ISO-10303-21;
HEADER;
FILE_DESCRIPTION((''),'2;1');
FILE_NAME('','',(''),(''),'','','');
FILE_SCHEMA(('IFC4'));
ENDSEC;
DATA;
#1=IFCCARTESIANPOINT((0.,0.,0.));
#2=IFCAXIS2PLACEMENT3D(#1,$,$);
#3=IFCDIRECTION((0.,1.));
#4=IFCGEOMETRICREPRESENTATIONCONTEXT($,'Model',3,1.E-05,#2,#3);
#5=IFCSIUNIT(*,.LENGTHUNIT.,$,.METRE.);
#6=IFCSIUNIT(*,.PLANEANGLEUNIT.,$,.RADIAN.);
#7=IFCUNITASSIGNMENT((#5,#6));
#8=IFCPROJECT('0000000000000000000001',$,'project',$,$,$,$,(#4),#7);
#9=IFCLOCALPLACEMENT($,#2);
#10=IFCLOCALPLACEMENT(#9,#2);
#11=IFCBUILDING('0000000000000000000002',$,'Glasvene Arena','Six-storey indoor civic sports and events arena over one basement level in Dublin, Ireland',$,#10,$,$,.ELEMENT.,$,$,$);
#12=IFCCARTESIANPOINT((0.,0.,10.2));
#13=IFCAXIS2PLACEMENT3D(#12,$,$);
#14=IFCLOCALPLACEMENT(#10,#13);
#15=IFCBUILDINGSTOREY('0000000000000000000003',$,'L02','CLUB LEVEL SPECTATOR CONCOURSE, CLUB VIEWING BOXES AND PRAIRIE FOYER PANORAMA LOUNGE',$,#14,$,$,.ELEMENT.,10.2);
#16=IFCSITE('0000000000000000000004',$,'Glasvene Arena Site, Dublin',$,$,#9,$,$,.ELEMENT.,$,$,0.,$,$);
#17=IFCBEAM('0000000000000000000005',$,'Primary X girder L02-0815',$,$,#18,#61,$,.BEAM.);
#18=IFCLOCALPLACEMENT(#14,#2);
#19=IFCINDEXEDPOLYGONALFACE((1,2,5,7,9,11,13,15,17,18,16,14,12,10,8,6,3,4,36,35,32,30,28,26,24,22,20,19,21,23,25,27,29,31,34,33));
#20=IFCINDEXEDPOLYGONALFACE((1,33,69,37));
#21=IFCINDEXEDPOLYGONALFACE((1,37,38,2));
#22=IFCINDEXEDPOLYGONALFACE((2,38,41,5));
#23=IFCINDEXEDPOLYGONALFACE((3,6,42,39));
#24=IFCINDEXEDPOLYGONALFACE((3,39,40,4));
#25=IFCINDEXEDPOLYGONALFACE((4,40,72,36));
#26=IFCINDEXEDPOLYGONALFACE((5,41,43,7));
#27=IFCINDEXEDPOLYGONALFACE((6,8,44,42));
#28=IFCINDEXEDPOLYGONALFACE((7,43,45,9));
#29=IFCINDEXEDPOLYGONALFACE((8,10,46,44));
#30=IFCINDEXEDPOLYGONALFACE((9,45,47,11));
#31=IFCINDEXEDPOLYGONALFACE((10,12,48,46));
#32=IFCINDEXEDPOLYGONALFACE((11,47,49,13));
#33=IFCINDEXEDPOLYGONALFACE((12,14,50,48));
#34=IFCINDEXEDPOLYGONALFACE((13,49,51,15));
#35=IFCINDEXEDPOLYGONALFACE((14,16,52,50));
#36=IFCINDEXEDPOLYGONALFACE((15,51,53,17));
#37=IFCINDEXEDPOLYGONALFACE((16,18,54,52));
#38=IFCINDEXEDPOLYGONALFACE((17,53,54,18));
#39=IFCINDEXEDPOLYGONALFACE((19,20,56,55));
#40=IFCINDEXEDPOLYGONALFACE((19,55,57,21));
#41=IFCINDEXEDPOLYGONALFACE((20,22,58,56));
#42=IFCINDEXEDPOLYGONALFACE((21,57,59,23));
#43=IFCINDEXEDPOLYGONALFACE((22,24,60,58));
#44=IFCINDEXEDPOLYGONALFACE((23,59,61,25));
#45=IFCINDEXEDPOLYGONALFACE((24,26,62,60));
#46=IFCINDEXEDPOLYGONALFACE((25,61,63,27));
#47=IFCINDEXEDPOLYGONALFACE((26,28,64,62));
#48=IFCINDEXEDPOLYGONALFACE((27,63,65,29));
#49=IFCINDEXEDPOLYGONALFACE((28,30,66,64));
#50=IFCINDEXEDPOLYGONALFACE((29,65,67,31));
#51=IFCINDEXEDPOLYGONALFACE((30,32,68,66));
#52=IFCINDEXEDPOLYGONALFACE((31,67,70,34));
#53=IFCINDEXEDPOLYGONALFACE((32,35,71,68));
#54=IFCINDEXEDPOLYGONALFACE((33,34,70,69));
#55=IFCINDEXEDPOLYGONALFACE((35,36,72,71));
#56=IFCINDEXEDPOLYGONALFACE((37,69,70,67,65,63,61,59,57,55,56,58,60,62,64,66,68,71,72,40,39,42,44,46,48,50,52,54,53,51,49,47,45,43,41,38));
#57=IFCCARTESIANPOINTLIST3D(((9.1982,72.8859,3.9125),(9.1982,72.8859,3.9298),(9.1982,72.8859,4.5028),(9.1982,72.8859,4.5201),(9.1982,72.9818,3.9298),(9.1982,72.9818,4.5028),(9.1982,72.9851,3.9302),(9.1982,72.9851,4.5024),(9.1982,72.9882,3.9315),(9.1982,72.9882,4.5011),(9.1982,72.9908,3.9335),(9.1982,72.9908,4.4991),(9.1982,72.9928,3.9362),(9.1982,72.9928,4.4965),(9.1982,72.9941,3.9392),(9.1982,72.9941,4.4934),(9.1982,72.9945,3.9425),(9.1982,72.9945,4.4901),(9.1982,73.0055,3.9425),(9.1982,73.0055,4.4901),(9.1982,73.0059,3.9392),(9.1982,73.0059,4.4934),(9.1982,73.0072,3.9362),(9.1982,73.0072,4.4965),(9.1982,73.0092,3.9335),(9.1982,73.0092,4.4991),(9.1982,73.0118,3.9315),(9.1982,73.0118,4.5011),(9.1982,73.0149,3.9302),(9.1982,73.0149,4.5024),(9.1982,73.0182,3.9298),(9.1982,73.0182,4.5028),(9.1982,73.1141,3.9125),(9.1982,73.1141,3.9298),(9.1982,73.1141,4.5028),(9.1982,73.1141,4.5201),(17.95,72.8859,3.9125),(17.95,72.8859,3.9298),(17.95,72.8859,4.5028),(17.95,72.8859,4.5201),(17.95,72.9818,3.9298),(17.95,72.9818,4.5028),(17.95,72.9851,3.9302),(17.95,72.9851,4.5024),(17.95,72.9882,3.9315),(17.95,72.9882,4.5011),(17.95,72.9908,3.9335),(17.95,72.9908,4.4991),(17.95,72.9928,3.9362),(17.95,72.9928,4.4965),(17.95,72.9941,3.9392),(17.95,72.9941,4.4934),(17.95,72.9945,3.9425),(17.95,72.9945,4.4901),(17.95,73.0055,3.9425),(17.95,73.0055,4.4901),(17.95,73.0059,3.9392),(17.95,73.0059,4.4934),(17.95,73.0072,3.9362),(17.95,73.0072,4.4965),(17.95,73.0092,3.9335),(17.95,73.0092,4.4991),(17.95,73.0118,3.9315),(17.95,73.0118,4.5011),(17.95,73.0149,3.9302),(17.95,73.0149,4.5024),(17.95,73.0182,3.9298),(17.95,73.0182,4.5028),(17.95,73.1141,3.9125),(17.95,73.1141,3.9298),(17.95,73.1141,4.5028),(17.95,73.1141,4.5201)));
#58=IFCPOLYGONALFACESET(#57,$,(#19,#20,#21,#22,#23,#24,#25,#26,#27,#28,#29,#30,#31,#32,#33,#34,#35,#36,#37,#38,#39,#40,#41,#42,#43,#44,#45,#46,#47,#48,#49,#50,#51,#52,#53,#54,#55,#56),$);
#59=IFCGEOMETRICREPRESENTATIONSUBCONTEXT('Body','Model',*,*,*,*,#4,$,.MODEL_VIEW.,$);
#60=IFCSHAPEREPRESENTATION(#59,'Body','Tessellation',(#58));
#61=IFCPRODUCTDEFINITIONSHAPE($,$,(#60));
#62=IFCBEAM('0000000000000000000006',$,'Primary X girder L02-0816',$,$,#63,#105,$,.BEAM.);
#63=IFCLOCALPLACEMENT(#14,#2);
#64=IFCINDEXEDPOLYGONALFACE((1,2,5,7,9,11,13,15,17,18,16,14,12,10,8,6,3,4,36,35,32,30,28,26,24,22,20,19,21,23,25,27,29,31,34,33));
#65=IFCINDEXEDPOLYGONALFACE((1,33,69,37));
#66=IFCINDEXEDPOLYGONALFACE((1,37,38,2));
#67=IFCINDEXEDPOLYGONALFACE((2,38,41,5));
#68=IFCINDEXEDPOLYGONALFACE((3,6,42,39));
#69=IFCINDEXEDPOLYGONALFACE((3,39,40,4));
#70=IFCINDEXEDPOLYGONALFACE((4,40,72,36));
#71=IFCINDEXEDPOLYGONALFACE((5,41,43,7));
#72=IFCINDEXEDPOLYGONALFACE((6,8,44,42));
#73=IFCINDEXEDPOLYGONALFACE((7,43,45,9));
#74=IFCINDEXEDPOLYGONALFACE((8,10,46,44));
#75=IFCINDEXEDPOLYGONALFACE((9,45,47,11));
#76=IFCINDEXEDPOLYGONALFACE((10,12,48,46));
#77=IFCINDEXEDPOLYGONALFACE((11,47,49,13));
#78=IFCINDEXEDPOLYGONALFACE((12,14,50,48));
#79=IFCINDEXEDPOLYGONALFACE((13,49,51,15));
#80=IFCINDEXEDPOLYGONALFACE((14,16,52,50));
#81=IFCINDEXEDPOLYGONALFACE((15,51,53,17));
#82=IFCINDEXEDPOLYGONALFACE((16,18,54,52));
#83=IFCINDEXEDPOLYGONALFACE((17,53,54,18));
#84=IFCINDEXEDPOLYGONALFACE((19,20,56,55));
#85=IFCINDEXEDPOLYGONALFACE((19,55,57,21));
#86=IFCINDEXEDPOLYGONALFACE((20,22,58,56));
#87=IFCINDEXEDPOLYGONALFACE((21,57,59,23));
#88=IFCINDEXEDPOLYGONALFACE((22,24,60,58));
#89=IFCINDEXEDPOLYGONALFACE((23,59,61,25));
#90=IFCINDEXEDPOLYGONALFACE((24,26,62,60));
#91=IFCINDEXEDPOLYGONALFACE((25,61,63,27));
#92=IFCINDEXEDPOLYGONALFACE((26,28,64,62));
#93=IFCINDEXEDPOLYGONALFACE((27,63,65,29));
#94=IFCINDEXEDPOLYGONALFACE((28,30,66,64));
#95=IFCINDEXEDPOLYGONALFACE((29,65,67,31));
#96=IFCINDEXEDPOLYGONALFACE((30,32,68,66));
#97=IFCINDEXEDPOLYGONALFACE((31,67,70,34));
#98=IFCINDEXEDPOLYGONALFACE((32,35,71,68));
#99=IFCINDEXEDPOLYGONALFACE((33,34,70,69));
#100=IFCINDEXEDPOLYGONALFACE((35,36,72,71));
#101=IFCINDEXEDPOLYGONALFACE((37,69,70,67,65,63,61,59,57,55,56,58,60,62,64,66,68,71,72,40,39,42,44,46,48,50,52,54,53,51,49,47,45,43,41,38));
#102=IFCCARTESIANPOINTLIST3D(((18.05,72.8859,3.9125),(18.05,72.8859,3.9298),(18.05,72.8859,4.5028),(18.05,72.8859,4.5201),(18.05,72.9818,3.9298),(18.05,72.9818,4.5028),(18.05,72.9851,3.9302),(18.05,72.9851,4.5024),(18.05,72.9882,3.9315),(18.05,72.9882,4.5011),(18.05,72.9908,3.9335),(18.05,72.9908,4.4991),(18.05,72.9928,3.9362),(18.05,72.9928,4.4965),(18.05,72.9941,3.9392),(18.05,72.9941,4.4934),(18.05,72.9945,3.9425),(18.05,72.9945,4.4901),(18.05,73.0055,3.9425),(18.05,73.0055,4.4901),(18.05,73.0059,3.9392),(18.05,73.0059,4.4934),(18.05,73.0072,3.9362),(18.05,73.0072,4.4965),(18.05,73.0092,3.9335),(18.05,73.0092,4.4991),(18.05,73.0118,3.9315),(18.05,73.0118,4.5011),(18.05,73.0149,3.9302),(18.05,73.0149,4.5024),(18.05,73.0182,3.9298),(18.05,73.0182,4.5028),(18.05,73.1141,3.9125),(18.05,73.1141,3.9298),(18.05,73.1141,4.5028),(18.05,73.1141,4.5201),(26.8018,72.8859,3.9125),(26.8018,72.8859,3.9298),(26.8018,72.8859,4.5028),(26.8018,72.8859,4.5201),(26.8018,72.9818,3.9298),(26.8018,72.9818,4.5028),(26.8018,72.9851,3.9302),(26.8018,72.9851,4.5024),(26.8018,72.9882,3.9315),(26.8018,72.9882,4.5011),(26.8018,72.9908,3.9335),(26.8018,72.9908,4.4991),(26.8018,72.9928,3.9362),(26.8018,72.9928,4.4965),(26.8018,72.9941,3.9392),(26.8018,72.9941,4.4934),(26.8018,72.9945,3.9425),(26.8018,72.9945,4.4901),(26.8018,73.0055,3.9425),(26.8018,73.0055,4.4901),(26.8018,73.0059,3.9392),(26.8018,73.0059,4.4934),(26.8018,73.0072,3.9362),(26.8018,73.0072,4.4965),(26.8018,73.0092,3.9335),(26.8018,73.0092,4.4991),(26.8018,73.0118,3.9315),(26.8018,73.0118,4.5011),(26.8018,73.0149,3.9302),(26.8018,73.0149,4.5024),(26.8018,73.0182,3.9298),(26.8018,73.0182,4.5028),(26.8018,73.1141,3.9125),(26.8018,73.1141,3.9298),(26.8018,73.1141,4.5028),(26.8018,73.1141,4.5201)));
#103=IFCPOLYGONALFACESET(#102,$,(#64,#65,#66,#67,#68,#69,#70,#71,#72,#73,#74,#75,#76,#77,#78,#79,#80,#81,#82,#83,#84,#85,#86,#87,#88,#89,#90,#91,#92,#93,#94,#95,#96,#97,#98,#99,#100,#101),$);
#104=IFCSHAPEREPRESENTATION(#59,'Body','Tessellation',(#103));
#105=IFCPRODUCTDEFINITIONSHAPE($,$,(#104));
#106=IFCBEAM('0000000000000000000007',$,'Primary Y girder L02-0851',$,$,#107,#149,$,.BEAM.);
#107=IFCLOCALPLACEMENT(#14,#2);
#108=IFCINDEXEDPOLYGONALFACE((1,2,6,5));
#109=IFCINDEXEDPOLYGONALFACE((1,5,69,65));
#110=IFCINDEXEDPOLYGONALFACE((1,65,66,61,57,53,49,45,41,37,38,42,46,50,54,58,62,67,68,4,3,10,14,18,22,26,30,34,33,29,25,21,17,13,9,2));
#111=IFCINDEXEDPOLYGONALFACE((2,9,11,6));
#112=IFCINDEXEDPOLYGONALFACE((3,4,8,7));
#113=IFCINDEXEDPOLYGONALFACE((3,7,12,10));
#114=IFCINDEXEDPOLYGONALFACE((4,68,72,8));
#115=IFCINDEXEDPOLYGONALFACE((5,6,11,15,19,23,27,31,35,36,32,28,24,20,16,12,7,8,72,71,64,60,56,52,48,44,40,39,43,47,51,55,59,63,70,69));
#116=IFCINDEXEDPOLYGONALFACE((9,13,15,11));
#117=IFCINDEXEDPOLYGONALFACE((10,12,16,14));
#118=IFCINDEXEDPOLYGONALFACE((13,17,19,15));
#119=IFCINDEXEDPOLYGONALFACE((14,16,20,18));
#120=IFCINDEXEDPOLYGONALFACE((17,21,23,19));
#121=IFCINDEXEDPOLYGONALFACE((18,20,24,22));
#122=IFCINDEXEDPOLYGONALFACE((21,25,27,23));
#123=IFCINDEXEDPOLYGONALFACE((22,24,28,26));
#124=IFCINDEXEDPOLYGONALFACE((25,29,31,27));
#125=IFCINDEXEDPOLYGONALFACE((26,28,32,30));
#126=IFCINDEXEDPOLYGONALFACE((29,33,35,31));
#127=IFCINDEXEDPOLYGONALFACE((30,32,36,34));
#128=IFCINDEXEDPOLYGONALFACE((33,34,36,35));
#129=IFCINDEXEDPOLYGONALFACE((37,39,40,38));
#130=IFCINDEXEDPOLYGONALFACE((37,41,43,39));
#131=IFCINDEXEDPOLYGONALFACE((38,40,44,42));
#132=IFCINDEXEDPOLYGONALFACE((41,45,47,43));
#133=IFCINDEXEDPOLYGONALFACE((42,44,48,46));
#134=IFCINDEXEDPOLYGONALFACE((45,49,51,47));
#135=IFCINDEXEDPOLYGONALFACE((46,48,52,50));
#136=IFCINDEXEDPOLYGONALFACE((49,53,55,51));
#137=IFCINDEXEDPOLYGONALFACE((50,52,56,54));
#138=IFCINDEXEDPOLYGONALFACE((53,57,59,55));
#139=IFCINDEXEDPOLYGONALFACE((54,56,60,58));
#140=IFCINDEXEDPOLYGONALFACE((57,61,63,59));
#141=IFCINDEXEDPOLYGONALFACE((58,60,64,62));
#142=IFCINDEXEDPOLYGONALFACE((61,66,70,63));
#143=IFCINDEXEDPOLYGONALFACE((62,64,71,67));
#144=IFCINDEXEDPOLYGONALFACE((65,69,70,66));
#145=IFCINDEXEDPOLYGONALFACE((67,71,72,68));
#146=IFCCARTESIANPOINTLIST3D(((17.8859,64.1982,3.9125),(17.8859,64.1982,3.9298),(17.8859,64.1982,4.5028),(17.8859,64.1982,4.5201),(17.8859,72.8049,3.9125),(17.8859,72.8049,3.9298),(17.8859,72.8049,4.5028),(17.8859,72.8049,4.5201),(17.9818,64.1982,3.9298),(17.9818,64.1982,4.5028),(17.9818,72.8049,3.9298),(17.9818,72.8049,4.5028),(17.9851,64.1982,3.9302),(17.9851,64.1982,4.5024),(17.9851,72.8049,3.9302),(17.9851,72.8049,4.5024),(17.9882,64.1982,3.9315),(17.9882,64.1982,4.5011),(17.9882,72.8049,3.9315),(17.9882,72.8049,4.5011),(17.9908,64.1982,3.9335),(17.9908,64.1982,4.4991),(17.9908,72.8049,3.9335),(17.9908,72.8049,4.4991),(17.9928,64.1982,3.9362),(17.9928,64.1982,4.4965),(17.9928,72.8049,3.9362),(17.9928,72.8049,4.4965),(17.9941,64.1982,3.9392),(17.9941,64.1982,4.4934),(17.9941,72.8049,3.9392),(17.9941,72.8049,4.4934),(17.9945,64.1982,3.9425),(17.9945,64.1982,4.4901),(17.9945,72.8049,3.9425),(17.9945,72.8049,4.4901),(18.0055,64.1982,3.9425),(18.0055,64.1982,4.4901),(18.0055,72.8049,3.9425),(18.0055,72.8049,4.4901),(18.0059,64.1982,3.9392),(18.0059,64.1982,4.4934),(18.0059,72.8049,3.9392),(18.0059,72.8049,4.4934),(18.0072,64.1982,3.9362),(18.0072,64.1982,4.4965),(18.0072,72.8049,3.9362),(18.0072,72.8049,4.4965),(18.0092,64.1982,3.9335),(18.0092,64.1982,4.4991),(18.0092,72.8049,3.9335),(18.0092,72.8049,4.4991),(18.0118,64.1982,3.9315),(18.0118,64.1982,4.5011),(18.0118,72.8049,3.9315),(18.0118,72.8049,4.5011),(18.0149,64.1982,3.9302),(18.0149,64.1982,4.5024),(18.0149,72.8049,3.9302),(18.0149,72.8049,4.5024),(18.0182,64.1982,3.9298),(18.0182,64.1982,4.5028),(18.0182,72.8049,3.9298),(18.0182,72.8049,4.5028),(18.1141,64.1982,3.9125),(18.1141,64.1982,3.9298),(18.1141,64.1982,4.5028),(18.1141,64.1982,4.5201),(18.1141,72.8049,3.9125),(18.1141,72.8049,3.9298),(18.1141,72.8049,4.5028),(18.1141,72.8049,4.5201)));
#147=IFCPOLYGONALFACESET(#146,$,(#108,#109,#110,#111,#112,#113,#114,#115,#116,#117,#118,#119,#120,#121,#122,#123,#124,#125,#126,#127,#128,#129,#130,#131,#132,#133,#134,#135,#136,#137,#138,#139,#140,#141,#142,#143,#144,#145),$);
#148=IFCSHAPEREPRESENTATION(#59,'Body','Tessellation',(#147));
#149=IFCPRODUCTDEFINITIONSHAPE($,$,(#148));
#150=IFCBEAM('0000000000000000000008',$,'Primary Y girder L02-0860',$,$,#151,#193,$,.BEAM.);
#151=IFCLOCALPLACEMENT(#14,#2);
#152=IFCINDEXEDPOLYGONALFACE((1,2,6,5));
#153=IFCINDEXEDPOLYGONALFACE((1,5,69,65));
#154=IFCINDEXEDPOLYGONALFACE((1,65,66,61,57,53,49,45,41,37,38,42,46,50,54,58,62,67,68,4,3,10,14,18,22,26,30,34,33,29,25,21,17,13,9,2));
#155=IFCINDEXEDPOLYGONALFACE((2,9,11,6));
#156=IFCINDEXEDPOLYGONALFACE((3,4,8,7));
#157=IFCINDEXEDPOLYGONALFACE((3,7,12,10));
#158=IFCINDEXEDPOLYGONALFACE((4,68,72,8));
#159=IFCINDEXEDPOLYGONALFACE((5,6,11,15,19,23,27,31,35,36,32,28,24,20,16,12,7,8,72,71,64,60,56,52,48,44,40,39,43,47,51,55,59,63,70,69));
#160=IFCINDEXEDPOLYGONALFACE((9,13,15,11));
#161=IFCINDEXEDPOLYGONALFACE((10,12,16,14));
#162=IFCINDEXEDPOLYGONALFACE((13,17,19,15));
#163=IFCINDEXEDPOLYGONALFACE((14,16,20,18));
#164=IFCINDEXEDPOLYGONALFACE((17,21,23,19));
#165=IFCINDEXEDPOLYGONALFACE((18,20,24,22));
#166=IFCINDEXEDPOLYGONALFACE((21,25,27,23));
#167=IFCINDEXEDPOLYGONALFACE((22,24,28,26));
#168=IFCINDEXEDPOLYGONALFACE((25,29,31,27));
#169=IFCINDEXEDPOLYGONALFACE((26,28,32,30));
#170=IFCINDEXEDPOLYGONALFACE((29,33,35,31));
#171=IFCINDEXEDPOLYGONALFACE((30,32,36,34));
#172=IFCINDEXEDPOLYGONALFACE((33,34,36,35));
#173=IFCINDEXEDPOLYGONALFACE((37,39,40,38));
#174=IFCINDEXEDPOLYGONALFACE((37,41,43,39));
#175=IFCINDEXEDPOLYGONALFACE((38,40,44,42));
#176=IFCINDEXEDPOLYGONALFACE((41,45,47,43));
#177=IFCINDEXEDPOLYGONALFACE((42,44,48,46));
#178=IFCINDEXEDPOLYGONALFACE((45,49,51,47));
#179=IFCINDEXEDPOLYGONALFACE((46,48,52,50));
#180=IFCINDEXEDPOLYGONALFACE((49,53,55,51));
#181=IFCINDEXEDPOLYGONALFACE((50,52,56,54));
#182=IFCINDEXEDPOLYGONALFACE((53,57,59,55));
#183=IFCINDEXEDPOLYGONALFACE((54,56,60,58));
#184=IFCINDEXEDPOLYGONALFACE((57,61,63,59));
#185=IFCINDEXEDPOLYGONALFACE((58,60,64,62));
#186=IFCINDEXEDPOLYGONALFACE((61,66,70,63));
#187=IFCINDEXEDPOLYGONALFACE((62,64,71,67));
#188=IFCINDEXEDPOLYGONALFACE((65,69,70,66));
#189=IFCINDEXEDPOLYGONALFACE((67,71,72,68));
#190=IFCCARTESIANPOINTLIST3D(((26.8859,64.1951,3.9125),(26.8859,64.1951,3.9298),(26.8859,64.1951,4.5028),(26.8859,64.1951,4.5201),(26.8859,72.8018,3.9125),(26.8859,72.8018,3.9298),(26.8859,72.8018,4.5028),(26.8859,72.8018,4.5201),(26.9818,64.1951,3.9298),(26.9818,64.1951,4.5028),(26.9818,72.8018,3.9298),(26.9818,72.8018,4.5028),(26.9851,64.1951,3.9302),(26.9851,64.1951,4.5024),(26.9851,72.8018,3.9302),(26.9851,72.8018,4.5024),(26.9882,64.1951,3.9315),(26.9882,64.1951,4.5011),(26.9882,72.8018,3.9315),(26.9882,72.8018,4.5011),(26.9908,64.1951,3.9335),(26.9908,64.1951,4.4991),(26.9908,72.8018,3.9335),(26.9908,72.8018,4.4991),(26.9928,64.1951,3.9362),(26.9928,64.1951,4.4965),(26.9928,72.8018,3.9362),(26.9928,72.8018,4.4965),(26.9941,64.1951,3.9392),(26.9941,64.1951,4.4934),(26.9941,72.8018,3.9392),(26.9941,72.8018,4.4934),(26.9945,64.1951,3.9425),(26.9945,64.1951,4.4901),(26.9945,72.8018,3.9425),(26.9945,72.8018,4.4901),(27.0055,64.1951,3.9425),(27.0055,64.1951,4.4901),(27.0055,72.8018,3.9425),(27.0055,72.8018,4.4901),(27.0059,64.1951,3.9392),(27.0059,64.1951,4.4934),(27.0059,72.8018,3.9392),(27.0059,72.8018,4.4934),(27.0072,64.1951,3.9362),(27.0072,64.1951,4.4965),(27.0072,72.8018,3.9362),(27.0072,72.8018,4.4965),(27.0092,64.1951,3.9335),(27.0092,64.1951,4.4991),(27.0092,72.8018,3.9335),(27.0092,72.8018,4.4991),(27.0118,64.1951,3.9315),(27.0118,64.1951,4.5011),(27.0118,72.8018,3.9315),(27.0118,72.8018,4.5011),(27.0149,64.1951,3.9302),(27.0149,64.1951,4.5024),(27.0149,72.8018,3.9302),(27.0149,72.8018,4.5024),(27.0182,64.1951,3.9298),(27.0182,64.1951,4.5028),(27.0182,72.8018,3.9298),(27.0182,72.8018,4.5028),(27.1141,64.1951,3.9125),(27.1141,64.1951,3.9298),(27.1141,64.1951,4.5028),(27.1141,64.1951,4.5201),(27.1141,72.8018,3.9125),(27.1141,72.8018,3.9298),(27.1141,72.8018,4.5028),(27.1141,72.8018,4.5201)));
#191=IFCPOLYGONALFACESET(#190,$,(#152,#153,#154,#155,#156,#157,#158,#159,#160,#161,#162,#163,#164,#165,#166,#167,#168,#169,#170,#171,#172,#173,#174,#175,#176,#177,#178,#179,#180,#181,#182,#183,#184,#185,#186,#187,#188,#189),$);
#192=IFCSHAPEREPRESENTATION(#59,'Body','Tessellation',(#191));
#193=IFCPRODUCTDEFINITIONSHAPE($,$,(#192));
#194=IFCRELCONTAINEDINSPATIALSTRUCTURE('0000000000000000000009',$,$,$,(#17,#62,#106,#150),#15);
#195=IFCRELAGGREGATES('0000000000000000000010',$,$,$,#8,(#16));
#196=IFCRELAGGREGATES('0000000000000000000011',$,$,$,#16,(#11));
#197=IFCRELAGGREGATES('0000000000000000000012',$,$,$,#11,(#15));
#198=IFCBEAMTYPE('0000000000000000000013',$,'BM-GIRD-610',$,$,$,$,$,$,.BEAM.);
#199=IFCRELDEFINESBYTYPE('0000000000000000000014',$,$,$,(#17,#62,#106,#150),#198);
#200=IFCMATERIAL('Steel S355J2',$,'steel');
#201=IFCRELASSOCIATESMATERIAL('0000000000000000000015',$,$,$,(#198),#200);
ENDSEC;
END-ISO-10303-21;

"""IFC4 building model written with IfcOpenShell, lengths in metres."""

from ifc_helpers import new_model, si_unit, direction, frame, origin, origin_2d, place, context, subcontext, project, spatial, i_section, extrude, material, material_profile, profile_set, type_object, element, save


model = new_model("IFC4")

# Units and contexts
model_context = context("Model", 3, precision=1e-05, world=origin(), true_north=direction((0.0, 1.0)))
body_context = subcontext(model_context, "Body", "Model", "MODEL_VIEW")
ifc_project = project(units=[si_unit("LENGTHUNIT", "METRE"), si_unit("PLANEANGLEUNIT", "RADIAN")], contexts=[model_context])

# Site, building, storey
site_placement = place(None, origin())
site = spatial("IfcSite", under=ifc_project, at=site_placement, Name="Glasvene Arena Site, Dublin", CompositionType="ELEMENT", RefElevation=0.0)
building_placement = place(site_placement, origin())
building = spatial("IfcBuilding", under=site, at=building_placement, Name="Glasvene Arena", Description="Six-storey indoor civic sports and events arena over one basement level in Dublin, Ireland", CompositionType="ELEMENT")
storey_placement = place(building_placement, frame((0.0, 0.0, 10.2)))
storey = spatial("IfcBuildingStorey", under=building, at=storey_placement, Name="L02", Description="CLUB LEVEL SPECTATOR CONCOURSE, CLUB VIEWING BOXES AND PRAIRIE FOYER PANORAMA LOUNGE", CompositionType="ELEMENT", Elevation=10.2)

# Shared definitions
ifc_material_1 = material(Name="Steel S355J2", Category="steel")

# Beams
ifc_material_profile_1 = material_profile(ifc_material_1, i_section(OverallWidth=0.2283, OverallDepth=0.6077, WebThickness=0.011, FlangeThickness=0.0173, FilletRadius=0.0127, at=origin_2d()), Name="UKB 610x229x113")
ifc_profile_set_1 = profile_set([ifc_material_profile_1], Name="Steel S355J2")
beam_type_1 = type_object("IfcBeamType", Name="BM-GIRD-610", PredefinedType="BEAM", material=ifc_profile_set_1)
for number, where, z_axis, x_axis, name in (
    (1, (9.1982, 73.0, 4.2163), (1.0, 0.0, 0.0), (0.0, 1.0, 0.0), "Primary X girder L02-0815"),
    (2, (18.05, 73.0, 4.2163), (1.0, 0.0, 0.0), (0.0, 1.0, 0.0), "Primary X girder L02-0816"),
):
    element("IfcBeam", number, at=place(storey_placement, frame(where, z_axis=z_axis, x_axis=x_axis)), inside=storey, type_object=beam_type_1, Name=name, PredefinedType="BEAM", context=body_context, shape_type="SweptSolid", body=[
        extrude(i_section(OverallWidth=0.2283, OverallDepth=0.6077, WebThickness=0.011, FlangeThickness=0.0173, FilletRadius=0.0127, at=origin_2d()), origin(), (0.0, 0.0, 1.0), 8.7517),
    ])
for number, where, z_axis, x_axis, name in (
    (3, (18.0, 64.1982, 4.2163), (0.0, 1.0, 0.0), (-1.0, 0.0, 0.0), "Primary Y girder L02-0851"),
    (4, (27.0, 64.1951, 4.2163), (0.0, 1.0, 0.0), (-1.0, 0.0, 0.0), "Primary Y girder L02-0860"),
):
    element("IfcBeam", number, at=place(storey_placement, frame(where, z_axis=z_axis, x_axis=x_axis)), inside=storey, type_object=beam_type_1, Name=name, PredefinedType="BEAM", context=body_context, shape_type="SweptSolid", body=[
        extrude(i_section(OverallWidth=0.2283, OverallDepth=0.6077, WebThickness=0.011, FlangeThickness=0.0173, FilletRadius=0.0127, at=origin_2d()), origin(), (0.0, 0.0, 1.0), 8.6067),
    ])

save(model, "model.ifc")
